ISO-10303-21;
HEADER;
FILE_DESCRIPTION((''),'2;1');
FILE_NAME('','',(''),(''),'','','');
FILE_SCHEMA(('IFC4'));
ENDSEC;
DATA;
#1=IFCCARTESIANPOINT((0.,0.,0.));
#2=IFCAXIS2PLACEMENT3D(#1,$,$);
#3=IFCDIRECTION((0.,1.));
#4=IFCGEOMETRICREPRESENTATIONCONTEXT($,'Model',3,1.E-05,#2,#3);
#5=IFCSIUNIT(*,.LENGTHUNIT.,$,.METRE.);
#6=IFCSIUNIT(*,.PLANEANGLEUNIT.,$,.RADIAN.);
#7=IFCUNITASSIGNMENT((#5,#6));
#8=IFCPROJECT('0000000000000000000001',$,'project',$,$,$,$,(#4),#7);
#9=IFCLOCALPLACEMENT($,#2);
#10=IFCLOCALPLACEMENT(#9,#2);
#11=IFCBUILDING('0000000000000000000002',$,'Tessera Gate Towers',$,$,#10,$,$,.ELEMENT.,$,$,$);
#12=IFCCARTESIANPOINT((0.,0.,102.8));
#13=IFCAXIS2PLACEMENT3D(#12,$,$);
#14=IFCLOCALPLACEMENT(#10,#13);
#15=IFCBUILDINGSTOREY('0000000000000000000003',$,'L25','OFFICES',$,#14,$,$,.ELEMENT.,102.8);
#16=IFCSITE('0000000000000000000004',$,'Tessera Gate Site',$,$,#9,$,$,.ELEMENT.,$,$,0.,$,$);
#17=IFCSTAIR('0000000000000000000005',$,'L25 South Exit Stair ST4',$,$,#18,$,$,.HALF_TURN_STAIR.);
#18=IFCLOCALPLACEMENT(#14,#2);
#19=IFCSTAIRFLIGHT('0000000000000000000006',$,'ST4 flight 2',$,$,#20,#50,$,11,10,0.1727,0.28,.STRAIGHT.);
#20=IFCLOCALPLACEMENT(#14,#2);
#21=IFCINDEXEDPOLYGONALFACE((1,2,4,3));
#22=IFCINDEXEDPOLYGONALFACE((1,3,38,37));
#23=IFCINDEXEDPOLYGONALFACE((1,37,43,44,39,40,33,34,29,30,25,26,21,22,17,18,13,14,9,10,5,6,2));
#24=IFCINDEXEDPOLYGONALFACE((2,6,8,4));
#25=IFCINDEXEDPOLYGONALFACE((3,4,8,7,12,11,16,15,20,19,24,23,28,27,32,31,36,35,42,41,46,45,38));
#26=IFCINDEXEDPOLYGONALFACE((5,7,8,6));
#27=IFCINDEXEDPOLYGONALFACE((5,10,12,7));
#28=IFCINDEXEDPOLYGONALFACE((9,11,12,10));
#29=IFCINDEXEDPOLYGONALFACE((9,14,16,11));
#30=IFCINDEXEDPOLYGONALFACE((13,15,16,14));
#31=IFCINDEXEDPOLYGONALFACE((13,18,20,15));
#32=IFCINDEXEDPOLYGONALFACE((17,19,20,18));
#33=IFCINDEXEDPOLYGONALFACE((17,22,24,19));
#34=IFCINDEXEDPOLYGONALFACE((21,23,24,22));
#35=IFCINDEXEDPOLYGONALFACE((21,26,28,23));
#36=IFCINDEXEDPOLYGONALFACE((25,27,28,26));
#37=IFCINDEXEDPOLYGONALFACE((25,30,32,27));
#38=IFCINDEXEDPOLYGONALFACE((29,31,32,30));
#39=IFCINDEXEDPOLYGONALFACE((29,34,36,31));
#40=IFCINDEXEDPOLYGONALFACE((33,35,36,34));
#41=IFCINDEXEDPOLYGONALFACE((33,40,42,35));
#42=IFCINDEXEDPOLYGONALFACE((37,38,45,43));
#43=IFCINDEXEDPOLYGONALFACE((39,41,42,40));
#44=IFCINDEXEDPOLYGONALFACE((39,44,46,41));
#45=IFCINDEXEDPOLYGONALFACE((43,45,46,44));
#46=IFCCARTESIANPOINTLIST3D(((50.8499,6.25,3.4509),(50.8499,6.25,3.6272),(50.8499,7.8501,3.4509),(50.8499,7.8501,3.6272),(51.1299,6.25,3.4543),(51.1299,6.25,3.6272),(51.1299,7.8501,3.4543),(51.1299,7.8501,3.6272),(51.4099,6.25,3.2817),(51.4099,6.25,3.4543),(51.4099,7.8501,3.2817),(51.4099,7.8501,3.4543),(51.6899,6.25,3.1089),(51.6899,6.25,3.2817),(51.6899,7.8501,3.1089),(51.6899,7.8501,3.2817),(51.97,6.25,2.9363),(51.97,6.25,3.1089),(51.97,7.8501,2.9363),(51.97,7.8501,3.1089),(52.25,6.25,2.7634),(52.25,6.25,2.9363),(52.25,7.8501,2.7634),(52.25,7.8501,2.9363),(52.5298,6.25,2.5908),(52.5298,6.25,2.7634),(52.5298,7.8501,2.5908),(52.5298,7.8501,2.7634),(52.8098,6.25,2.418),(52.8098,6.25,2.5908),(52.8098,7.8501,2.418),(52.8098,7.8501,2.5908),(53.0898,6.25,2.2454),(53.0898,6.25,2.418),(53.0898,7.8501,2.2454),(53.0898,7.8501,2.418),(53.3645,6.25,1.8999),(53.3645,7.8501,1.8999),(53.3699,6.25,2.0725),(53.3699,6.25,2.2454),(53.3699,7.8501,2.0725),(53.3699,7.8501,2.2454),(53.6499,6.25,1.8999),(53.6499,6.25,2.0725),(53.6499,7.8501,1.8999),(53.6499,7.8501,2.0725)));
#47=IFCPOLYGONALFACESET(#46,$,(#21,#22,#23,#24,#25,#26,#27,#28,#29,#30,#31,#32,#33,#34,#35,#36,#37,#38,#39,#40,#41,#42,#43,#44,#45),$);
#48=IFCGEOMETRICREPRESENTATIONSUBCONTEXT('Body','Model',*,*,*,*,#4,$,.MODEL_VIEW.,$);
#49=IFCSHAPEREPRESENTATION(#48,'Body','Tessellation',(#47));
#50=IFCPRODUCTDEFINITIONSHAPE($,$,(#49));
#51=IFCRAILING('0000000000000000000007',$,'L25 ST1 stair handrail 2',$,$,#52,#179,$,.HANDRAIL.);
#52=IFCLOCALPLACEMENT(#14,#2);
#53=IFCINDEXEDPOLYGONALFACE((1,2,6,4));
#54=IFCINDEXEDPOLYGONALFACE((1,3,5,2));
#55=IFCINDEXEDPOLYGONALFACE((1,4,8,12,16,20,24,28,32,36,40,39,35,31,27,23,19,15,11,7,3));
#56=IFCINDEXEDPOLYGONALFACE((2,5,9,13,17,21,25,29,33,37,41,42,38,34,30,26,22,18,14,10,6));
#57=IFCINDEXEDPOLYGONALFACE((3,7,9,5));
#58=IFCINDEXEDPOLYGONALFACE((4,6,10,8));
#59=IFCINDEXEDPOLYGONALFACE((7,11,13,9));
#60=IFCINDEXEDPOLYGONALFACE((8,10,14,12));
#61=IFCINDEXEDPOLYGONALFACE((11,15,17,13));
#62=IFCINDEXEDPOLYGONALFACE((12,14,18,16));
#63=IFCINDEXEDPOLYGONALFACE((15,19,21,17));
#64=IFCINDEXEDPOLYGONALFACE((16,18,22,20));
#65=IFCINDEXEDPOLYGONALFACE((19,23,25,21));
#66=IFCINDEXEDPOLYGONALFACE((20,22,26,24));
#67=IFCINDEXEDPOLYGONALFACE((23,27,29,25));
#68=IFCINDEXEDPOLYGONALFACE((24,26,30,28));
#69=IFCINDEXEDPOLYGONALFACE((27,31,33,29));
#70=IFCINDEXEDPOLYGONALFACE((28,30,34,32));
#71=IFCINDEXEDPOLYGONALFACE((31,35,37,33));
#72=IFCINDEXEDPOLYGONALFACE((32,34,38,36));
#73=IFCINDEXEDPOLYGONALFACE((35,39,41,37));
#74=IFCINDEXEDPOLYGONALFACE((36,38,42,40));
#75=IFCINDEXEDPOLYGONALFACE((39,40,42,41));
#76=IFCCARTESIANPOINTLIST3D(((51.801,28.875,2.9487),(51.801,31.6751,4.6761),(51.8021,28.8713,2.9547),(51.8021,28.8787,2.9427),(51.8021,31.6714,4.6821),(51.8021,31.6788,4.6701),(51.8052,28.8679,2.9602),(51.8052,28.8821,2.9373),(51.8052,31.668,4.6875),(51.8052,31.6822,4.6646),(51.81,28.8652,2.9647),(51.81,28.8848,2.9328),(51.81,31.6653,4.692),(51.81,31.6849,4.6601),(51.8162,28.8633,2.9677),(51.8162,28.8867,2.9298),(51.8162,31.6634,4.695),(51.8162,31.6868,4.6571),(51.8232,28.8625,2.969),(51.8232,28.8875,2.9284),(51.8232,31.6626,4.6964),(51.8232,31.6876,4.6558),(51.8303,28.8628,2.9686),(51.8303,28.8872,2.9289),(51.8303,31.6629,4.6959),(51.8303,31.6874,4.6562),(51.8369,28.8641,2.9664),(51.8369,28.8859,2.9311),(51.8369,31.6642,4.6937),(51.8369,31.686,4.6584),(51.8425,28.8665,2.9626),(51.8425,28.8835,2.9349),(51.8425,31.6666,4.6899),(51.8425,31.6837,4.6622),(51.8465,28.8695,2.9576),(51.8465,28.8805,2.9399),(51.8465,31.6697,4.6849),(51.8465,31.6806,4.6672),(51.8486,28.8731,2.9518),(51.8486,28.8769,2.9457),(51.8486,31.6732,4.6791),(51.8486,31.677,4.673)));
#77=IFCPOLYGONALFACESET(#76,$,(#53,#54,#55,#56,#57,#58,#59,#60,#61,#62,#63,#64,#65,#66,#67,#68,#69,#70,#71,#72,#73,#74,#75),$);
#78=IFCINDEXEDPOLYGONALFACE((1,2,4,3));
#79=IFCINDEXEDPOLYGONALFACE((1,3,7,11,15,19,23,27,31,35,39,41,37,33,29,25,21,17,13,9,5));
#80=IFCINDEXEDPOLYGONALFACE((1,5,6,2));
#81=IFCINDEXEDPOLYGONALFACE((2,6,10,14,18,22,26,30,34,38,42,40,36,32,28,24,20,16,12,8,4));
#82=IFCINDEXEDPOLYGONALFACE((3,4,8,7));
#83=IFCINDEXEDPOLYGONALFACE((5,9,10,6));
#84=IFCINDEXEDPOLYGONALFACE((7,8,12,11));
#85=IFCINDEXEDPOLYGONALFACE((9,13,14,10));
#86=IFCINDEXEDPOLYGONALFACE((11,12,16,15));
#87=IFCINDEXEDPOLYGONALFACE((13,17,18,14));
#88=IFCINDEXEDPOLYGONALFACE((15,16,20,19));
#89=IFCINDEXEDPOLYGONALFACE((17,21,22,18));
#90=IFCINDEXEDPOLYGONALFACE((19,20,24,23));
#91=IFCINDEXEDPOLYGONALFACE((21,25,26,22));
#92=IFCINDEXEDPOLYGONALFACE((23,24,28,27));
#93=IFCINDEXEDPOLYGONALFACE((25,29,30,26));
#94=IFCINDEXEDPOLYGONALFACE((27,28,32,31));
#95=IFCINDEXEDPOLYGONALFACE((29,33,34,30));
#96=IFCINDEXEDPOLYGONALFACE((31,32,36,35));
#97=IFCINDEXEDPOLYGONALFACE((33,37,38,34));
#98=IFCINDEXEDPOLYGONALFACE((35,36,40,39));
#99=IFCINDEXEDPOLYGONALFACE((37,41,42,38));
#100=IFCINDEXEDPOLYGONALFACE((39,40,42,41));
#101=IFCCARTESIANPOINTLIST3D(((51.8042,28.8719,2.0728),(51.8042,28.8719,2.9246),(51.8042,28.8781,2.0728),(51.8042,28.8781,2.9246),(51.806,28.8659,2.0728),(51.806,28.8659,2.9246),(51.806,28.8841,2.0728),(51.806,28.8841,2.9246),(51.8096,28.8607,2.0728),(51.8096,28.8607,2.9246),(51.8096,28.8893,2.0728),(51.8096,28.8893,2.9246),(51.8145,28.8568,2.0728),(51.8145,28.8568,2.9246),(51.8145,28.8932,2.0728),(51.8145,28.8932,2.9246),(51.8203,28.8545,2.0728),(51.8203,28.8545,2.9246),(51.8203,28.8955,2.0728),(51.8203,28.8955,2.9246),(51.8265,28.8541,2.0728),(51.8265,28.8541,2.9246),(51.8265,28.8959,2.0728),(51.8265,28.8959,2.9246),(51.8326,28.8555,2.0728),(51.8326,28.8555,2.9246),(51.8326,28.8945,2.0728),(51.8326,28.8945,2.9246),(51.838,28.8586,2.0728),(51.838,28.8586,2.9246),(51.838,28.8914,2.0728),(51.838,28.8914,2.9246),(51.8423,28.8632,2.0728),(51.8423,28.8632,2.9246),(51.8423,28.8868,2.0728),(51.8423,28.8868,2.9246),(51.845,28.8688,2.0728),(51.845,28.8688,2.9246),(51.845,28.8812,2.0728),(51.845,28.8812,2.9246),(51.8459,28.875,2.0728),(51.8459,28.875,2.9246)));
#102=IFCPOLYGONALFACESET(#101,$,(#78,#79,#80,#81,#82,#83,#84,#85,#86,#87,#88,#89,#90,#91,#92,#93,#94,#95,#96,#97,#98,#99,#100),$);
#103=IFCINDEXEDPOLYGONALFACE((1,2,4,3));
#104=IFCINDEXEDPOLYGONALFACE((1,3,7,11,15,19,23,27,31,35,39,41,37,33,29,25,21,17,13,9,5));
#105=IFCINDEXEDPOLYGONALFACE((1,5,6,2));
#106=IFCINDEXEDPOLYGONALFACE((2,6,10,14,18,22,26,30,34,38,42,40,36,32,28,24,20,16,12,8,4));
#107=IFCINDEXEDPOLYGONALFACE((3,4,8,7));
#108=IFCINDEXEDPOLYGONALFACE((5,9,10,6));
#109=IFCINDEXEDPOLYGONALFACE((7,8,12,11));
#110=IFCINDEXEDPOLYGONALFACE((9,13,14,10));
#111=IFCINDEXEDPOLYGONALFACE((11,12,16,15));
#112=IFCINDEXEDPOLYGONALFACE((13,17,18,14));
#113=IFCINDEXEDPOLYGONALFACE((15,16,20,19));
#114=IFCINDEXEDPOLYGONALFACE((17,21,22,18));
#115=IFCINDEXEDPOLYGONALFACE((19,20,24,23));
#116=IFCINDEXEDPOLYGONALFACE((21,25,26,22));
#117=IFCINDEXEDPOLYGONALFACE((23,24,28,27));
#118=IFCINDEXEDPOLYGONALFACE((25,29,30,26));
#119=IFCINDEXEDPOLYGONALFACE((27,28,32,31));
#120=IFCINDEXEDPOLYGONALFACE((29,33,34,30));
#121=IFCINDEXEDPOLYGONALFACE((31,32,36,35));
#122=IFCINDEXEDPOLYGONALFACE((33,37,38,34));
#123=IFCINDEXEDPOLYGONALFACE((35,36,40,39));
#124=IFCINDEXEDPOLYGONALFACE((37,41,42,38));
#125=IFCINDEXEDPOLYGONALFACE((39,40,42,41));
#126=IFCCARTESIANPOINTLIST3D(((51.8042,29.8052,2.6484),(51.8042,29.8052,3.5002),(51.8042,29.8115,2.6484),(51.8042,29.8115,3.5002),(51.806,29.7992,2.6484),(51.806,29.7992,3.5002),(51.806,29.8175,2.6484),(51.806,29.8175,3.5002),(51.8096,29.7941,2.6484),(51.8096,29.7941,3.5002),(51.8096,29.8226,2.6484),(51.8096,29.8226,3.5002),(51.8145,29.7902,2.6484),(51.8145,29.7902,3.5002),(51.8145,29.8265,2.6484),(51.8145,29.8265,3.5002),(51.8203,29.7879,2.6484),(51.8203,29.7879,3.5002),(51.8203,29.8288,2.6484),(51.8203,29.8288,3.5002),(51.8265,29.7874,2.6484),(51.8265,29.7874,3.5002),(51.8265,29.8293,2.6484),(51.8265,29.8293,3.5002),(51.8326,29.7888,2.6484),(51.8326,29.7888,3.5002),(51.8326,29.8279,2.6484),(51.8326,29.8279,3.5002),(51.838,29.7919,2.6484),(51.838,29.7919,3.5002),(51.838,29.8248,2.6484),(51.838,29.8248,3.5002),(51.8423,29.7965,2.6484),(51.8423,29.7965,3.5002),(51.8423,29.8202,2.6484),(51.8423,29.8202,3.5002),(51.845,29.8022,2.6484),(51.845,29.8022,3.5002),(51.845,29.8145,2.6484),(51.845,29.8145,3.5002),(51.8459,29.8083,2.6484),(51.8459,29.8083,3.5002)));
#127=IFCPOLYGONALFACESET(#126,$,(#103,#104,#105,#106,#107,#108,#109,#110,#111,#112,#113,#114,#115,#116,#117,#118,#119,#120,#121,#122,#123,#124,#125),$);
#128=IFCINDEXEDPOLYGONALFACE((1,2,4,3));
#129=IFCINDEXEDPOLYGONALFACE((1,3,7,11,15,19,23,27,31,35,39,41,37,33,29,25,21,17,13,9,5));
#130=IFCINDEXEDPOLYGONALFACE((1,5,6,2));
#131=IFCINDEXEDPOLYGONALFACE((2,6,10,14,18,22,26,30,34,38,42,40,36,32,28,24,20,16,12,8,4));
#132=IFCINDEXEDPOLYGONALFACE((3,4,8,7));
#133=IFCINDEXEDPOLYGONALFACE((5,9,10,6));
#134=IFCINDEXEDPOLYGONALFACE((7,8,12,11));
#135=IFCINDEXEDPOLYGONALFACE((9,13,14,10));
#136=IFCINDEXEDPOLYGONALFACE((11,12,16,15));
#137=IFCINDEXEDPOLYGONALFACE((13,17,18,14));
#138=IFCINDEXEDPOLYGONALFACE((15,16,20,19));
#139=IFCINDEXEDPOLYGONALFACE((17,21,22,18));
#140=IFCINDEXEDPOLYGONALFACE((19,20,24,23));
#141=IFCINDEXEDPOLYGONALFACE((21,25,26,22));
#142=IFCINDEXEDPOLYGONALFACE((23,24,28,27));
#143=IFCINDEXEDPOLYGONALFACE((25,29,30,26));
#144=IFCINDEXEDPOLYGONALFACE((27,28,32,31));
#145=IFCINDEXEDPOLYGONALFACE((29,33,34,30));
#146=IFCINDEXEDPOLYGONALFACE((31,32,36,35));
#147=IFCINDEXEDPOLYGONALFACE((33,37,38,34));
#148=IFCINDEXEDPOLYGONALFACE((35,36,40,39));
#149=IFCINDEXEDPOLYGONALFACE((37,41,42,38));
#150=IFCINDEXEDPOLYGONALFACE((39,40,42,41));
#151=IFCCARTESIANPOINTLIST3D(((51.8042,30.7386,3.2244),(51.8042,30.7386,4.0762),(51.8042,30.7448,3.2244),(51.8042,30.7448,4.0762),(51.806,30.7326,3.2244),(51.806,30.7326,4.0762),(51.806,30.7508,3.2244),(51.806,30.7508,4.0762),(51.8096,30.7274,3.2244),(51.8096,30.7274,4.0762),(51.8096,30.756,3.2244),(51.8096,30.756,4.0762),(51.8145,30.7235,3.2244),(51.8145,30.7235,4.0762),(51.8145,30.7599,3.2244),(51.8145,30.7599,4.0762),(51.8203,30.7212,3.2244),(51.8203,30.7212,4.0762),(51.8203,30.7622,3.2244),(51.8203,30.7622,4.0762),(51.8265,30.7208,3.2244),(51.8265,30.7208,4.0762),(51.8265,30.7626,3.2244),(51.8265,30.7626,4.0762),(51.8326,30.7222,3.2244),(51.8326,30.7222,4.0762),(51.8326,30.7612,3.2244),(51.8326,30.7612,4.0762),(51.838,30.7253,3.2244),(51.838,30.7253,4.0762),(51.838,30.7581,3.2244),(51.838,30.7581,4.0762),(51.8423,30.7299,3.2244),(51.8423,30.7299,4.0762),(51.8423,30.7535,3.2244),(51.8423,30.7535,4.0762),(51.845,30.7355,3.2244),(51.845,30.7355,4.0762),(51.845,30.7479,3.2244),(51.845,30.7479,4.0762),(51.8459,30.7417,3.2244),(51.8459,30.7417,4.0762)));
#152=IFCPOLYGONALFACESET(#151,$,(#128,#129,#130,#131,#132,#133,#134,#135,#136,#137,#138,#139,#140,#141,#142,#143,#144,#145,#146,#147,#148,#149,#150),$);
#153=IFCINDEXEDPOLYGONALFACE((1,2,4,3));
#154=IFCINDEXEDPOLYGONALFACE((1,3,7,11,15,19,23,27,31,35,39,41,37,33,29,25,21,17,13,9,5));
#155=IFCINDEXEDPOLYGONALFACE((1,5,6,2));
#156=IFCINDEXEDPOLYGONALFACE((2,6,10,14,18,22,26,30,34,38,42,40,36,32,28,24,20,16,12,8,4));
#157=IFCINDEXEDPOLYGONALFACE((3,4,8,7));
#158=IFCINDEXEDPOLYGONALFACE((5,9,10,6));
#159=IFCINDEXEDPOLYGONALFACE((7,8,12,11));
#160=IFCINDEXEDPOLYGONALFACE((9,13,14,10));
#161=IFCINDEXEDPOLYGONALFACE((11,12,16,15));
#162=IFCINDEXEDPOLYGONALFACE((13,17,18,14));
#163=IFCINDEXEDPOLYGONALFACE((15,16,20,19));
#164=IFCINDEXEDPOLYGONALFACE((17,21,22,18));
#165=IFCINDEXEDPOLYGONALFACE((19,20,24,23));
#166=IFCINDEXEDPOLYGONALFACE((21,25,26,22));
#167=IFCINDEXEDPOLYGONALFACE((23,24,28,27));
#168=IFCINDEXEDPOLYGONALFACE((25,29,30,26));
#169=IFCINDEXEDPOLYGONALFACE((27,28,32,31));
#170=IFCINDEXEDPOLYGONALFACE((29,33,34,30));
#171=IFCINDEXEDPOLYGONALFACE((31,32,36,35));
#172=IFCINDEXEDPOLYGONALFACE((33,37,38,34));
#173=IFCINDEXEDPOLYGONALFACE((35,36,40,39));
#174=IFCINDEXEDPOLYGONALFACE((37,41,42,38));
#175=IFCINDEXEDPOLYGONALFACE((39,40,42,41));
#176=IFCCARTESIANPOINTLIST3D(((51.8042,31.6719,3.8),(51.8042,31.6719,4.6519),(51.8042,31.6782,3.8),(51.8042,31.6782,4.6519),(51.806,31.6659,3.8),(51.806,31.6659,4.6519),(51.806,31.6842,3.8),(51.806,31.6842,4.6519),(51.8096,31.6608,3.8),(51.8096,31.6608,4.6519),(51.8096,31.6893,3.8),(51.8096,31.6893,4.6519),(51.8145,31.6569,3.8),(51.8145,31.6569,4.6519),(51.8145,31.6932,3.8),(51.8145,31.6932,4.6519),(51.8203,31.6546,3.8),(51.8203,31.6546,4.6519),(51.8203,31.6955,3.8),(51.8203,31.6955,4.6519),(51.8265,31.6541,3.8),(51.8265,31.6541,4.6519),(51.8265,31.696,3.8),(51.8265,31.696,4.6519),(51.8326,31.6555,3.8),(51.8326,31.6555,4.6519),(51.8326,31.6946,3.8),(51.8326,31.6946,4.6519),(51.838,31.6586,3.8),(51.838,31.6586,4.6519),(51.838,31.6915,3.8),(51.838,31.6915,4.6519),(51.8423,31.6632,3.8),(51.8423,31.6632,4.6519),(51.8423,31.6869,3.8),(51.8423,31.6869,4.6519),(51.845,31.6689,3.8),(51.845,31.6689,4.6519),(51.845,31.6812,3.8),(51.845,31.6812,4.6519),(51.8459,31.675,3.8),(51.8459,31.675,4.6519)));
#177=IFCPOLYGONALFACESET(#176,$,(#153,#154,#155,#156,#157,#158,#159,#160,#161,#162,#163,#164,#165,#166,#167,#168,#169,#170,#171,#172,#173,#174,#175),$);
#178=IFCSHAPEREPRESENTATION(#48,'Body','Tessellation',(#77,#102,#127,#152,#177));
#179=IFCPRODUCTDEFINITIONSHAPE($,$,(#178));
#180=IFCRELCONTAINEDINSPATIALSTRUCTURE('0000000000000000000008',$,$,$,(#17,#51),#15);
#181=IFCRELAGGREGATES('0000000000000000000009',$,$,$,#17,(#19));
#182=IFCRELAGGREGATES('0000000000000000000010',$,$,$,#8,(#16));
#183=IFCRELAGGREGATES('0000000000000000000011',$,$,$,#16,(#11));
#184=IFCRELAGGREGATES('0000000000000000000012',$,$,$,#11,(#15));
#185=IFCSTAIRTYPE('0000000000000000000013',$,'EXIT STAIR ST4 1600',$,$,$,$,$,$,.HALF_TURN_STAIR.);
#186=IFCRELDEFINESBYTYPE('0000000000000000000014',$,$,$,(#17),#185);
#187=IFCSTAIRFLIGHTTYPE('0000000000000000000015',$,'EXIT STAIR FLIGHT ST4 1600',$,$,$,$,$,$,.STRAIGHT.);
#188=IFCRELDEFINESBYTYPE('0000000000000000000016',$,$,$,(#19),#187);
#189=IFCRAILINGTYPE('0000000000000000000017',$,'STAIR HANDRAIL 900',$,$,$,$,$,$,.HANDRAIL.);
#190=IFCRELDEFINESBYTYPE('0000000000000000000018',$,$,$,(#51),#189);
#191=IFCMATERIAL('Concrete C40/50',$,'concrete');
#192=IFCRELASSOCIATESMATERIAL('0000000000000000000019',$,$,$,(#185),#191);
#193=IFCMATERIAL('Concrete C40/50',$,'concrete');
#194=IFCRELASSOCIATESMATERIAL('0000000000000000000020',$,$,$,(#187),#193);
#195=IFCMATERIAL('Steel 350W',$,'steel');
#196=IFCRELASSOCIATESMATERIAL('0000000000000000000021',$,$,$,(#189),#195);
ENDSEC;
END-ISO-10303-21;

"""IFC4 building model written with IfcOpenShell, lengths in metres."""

from ifc_helpers import new_model, si_unit, direction, frame, origin, origin_2d, place, context, subcontext, project, spatial, polyline, circle, outline, extrude, material, type_object, element, aggregate, save


model = new_model("IFC4")

# Units and contexts
model_context = context("Model", 3, precision=1e-05, world=origin(), true_north=direction((0.0, 1.0)))
body_context = subcontext(model_context, "Body", "Model", "MODEL_VIEW")
ifc_project = project(units=[si_unit("LENGTHUNIT", "METRE"), si_unit("PLANEANGLEUNIT", "RADIAN")], contexts=[model_context])

# Site, building, storey
site_placement = place(None, origin())
site = spatial("IfcSite", under=ifc_project, at=site_placement, Name="Tessera Gate Site", CompositionType="ELEMENT", RefElevation=0.0)
building_placement = place(site_placement, origin())
building = spatial("IfcBuilding", under=site, at=building_placement, Name="Tessera Gate Towers", CompositionType="ELEMENT")
storey_placement = place(building_placement, frame((0.0, 0.0, 102.8)))
storey = spatial("IfcBuildingStorey", under=building, at=storey_placement, Name="L25", Description="OFFICES", CompositionType="ELEMENT", Elevation=102.8)

# Stair, stair flight
ifc_material_1 = material(Name="Concrete C40/50", Category="concrete")
stair_type_1 = type_object("IfcStairType", Name="EXIT STAIR ST4 1600", PredefinedType="HALF_TURN_STAIR", material=ifc_material_1)
stair_1_placement = place(storey_placement, origin())
stair_1 = element("IfcStair", 1, at=stair_1_placement, inside=storey, type_object=stair_type_1, Name="L25 South Exit Stair ST4", PredefinedType="HALF_TURN_STAIR")
ifc_material_2 = material(Name="Concrete C40/50", Category="concrete")
stair_flight_type_1 = type_object("IfcStairFlightType", Name="EXIT STAIR FLIGHT ST4 1600", PredefinedType="STRAIGHT", material=ifc_material_2)
stair_flight_1_placement = place(storey_placement, frame((53.6499, 7.05, 1.8999), z_axis=(0.0, 0.0, 1.0), x_axis=(-1.0, 0.0, 0.0)))
stair_flight_1 = element("IfcStairFlight", 2, at=stair_flight_1_placement, type_object=stair_flight_type_1, Name="ST4 flight 2", NumberOfRisers=11, NumberOfTreads=10, PredefinedType="STRAIGHT", RiserHeight=0.1727, TreadLength=0.28, context=body_context, shape_type="SweptSolid", body=[
    extrude(outline(polyline([(0.0, 0.0), (0.0, 0.1726), (0.28, 0.1726), (0.28, 0.3455), (0.5601, 0.3455), (0.5601, 0.5181), (0.8401, 0.5181), (0.8401, 0.6909), (1.1201, 0.6909), (1.1201, 0.8635), (1.3999, 0.8635), (1.3999, 1.0364), (1.6799, 1.0364), (1.6799, 1.209), (1.96, 1.209), (1.96, 1.3818), (2.24, 1.3818), (2.24, 1.5544), (2.52, 1.5544), (2.52, 1.7273), (2.8, 1.7273), (2.8, 1.8999), (2.8, 1.551), (0.2854, 0.0), (0.0, 0.0)])), frame((0.0, 0.8, 0.0), z_axis=(0.0, -1.0, 0.0), x_axis=(1.0, 0.0, 0.0)), (0.0, 0.0, 1.0), 1.6001),
])
aggregate(stair_1, [stair_flight_1])

# Railing
ifc_material_3 = material(Name="Steel 350W", Category="steel")
railing_type_1 = type_object("IfcRailingType", Name="STAIR HANDRAIL 900", PredefinedType="HANDRAIL", material=ifc_material_3)
railing_1_placement = place(storey_placement, frame((51.825, 28.875, 2.0728)))
element("IfcRailing", 3, at=railing_1_placement, inside=storey, type_object=railing_type_1, Name="L25 ST1 stair handrail 2", PredefinedType="HANDRAIL", context=body_context, shape_type="SweptSolid", body=[
    extrude(circle(Radius=0.0239, at=origin_2d()), frame((0.0, 0.0, 0.876), z_axis=(0.0, 0.85109, 0.52502), x_axis=(-1.0, 0.0, 0.0)), (0.0, 0.0, 1.0), 3.29),
    extrude(circle(Radius=0.021, at=origin_2d()), origin(), (0.0, 0.0, 1.0), 0.8518),
    extrude(circle(Radius=0.021, at=origin_2d()), frame((0.0, 0.9333, 0.5757)), (0.0, 0.0, 1.0), 0.8518),
    extrude(circle(Radius=0.021, at=origin_2d()), frame((0.0, 1.8667, 1.1516)), (0.0, 0.0, 1.0), 0.8518),
    extrude(circle(Radius=0.021, at=origin_2d()), frame((0.0, 2.8, 1.7273)), (0.0, 0.0, 1.0), 0.8518),
])

save(model, "model.ifc")
